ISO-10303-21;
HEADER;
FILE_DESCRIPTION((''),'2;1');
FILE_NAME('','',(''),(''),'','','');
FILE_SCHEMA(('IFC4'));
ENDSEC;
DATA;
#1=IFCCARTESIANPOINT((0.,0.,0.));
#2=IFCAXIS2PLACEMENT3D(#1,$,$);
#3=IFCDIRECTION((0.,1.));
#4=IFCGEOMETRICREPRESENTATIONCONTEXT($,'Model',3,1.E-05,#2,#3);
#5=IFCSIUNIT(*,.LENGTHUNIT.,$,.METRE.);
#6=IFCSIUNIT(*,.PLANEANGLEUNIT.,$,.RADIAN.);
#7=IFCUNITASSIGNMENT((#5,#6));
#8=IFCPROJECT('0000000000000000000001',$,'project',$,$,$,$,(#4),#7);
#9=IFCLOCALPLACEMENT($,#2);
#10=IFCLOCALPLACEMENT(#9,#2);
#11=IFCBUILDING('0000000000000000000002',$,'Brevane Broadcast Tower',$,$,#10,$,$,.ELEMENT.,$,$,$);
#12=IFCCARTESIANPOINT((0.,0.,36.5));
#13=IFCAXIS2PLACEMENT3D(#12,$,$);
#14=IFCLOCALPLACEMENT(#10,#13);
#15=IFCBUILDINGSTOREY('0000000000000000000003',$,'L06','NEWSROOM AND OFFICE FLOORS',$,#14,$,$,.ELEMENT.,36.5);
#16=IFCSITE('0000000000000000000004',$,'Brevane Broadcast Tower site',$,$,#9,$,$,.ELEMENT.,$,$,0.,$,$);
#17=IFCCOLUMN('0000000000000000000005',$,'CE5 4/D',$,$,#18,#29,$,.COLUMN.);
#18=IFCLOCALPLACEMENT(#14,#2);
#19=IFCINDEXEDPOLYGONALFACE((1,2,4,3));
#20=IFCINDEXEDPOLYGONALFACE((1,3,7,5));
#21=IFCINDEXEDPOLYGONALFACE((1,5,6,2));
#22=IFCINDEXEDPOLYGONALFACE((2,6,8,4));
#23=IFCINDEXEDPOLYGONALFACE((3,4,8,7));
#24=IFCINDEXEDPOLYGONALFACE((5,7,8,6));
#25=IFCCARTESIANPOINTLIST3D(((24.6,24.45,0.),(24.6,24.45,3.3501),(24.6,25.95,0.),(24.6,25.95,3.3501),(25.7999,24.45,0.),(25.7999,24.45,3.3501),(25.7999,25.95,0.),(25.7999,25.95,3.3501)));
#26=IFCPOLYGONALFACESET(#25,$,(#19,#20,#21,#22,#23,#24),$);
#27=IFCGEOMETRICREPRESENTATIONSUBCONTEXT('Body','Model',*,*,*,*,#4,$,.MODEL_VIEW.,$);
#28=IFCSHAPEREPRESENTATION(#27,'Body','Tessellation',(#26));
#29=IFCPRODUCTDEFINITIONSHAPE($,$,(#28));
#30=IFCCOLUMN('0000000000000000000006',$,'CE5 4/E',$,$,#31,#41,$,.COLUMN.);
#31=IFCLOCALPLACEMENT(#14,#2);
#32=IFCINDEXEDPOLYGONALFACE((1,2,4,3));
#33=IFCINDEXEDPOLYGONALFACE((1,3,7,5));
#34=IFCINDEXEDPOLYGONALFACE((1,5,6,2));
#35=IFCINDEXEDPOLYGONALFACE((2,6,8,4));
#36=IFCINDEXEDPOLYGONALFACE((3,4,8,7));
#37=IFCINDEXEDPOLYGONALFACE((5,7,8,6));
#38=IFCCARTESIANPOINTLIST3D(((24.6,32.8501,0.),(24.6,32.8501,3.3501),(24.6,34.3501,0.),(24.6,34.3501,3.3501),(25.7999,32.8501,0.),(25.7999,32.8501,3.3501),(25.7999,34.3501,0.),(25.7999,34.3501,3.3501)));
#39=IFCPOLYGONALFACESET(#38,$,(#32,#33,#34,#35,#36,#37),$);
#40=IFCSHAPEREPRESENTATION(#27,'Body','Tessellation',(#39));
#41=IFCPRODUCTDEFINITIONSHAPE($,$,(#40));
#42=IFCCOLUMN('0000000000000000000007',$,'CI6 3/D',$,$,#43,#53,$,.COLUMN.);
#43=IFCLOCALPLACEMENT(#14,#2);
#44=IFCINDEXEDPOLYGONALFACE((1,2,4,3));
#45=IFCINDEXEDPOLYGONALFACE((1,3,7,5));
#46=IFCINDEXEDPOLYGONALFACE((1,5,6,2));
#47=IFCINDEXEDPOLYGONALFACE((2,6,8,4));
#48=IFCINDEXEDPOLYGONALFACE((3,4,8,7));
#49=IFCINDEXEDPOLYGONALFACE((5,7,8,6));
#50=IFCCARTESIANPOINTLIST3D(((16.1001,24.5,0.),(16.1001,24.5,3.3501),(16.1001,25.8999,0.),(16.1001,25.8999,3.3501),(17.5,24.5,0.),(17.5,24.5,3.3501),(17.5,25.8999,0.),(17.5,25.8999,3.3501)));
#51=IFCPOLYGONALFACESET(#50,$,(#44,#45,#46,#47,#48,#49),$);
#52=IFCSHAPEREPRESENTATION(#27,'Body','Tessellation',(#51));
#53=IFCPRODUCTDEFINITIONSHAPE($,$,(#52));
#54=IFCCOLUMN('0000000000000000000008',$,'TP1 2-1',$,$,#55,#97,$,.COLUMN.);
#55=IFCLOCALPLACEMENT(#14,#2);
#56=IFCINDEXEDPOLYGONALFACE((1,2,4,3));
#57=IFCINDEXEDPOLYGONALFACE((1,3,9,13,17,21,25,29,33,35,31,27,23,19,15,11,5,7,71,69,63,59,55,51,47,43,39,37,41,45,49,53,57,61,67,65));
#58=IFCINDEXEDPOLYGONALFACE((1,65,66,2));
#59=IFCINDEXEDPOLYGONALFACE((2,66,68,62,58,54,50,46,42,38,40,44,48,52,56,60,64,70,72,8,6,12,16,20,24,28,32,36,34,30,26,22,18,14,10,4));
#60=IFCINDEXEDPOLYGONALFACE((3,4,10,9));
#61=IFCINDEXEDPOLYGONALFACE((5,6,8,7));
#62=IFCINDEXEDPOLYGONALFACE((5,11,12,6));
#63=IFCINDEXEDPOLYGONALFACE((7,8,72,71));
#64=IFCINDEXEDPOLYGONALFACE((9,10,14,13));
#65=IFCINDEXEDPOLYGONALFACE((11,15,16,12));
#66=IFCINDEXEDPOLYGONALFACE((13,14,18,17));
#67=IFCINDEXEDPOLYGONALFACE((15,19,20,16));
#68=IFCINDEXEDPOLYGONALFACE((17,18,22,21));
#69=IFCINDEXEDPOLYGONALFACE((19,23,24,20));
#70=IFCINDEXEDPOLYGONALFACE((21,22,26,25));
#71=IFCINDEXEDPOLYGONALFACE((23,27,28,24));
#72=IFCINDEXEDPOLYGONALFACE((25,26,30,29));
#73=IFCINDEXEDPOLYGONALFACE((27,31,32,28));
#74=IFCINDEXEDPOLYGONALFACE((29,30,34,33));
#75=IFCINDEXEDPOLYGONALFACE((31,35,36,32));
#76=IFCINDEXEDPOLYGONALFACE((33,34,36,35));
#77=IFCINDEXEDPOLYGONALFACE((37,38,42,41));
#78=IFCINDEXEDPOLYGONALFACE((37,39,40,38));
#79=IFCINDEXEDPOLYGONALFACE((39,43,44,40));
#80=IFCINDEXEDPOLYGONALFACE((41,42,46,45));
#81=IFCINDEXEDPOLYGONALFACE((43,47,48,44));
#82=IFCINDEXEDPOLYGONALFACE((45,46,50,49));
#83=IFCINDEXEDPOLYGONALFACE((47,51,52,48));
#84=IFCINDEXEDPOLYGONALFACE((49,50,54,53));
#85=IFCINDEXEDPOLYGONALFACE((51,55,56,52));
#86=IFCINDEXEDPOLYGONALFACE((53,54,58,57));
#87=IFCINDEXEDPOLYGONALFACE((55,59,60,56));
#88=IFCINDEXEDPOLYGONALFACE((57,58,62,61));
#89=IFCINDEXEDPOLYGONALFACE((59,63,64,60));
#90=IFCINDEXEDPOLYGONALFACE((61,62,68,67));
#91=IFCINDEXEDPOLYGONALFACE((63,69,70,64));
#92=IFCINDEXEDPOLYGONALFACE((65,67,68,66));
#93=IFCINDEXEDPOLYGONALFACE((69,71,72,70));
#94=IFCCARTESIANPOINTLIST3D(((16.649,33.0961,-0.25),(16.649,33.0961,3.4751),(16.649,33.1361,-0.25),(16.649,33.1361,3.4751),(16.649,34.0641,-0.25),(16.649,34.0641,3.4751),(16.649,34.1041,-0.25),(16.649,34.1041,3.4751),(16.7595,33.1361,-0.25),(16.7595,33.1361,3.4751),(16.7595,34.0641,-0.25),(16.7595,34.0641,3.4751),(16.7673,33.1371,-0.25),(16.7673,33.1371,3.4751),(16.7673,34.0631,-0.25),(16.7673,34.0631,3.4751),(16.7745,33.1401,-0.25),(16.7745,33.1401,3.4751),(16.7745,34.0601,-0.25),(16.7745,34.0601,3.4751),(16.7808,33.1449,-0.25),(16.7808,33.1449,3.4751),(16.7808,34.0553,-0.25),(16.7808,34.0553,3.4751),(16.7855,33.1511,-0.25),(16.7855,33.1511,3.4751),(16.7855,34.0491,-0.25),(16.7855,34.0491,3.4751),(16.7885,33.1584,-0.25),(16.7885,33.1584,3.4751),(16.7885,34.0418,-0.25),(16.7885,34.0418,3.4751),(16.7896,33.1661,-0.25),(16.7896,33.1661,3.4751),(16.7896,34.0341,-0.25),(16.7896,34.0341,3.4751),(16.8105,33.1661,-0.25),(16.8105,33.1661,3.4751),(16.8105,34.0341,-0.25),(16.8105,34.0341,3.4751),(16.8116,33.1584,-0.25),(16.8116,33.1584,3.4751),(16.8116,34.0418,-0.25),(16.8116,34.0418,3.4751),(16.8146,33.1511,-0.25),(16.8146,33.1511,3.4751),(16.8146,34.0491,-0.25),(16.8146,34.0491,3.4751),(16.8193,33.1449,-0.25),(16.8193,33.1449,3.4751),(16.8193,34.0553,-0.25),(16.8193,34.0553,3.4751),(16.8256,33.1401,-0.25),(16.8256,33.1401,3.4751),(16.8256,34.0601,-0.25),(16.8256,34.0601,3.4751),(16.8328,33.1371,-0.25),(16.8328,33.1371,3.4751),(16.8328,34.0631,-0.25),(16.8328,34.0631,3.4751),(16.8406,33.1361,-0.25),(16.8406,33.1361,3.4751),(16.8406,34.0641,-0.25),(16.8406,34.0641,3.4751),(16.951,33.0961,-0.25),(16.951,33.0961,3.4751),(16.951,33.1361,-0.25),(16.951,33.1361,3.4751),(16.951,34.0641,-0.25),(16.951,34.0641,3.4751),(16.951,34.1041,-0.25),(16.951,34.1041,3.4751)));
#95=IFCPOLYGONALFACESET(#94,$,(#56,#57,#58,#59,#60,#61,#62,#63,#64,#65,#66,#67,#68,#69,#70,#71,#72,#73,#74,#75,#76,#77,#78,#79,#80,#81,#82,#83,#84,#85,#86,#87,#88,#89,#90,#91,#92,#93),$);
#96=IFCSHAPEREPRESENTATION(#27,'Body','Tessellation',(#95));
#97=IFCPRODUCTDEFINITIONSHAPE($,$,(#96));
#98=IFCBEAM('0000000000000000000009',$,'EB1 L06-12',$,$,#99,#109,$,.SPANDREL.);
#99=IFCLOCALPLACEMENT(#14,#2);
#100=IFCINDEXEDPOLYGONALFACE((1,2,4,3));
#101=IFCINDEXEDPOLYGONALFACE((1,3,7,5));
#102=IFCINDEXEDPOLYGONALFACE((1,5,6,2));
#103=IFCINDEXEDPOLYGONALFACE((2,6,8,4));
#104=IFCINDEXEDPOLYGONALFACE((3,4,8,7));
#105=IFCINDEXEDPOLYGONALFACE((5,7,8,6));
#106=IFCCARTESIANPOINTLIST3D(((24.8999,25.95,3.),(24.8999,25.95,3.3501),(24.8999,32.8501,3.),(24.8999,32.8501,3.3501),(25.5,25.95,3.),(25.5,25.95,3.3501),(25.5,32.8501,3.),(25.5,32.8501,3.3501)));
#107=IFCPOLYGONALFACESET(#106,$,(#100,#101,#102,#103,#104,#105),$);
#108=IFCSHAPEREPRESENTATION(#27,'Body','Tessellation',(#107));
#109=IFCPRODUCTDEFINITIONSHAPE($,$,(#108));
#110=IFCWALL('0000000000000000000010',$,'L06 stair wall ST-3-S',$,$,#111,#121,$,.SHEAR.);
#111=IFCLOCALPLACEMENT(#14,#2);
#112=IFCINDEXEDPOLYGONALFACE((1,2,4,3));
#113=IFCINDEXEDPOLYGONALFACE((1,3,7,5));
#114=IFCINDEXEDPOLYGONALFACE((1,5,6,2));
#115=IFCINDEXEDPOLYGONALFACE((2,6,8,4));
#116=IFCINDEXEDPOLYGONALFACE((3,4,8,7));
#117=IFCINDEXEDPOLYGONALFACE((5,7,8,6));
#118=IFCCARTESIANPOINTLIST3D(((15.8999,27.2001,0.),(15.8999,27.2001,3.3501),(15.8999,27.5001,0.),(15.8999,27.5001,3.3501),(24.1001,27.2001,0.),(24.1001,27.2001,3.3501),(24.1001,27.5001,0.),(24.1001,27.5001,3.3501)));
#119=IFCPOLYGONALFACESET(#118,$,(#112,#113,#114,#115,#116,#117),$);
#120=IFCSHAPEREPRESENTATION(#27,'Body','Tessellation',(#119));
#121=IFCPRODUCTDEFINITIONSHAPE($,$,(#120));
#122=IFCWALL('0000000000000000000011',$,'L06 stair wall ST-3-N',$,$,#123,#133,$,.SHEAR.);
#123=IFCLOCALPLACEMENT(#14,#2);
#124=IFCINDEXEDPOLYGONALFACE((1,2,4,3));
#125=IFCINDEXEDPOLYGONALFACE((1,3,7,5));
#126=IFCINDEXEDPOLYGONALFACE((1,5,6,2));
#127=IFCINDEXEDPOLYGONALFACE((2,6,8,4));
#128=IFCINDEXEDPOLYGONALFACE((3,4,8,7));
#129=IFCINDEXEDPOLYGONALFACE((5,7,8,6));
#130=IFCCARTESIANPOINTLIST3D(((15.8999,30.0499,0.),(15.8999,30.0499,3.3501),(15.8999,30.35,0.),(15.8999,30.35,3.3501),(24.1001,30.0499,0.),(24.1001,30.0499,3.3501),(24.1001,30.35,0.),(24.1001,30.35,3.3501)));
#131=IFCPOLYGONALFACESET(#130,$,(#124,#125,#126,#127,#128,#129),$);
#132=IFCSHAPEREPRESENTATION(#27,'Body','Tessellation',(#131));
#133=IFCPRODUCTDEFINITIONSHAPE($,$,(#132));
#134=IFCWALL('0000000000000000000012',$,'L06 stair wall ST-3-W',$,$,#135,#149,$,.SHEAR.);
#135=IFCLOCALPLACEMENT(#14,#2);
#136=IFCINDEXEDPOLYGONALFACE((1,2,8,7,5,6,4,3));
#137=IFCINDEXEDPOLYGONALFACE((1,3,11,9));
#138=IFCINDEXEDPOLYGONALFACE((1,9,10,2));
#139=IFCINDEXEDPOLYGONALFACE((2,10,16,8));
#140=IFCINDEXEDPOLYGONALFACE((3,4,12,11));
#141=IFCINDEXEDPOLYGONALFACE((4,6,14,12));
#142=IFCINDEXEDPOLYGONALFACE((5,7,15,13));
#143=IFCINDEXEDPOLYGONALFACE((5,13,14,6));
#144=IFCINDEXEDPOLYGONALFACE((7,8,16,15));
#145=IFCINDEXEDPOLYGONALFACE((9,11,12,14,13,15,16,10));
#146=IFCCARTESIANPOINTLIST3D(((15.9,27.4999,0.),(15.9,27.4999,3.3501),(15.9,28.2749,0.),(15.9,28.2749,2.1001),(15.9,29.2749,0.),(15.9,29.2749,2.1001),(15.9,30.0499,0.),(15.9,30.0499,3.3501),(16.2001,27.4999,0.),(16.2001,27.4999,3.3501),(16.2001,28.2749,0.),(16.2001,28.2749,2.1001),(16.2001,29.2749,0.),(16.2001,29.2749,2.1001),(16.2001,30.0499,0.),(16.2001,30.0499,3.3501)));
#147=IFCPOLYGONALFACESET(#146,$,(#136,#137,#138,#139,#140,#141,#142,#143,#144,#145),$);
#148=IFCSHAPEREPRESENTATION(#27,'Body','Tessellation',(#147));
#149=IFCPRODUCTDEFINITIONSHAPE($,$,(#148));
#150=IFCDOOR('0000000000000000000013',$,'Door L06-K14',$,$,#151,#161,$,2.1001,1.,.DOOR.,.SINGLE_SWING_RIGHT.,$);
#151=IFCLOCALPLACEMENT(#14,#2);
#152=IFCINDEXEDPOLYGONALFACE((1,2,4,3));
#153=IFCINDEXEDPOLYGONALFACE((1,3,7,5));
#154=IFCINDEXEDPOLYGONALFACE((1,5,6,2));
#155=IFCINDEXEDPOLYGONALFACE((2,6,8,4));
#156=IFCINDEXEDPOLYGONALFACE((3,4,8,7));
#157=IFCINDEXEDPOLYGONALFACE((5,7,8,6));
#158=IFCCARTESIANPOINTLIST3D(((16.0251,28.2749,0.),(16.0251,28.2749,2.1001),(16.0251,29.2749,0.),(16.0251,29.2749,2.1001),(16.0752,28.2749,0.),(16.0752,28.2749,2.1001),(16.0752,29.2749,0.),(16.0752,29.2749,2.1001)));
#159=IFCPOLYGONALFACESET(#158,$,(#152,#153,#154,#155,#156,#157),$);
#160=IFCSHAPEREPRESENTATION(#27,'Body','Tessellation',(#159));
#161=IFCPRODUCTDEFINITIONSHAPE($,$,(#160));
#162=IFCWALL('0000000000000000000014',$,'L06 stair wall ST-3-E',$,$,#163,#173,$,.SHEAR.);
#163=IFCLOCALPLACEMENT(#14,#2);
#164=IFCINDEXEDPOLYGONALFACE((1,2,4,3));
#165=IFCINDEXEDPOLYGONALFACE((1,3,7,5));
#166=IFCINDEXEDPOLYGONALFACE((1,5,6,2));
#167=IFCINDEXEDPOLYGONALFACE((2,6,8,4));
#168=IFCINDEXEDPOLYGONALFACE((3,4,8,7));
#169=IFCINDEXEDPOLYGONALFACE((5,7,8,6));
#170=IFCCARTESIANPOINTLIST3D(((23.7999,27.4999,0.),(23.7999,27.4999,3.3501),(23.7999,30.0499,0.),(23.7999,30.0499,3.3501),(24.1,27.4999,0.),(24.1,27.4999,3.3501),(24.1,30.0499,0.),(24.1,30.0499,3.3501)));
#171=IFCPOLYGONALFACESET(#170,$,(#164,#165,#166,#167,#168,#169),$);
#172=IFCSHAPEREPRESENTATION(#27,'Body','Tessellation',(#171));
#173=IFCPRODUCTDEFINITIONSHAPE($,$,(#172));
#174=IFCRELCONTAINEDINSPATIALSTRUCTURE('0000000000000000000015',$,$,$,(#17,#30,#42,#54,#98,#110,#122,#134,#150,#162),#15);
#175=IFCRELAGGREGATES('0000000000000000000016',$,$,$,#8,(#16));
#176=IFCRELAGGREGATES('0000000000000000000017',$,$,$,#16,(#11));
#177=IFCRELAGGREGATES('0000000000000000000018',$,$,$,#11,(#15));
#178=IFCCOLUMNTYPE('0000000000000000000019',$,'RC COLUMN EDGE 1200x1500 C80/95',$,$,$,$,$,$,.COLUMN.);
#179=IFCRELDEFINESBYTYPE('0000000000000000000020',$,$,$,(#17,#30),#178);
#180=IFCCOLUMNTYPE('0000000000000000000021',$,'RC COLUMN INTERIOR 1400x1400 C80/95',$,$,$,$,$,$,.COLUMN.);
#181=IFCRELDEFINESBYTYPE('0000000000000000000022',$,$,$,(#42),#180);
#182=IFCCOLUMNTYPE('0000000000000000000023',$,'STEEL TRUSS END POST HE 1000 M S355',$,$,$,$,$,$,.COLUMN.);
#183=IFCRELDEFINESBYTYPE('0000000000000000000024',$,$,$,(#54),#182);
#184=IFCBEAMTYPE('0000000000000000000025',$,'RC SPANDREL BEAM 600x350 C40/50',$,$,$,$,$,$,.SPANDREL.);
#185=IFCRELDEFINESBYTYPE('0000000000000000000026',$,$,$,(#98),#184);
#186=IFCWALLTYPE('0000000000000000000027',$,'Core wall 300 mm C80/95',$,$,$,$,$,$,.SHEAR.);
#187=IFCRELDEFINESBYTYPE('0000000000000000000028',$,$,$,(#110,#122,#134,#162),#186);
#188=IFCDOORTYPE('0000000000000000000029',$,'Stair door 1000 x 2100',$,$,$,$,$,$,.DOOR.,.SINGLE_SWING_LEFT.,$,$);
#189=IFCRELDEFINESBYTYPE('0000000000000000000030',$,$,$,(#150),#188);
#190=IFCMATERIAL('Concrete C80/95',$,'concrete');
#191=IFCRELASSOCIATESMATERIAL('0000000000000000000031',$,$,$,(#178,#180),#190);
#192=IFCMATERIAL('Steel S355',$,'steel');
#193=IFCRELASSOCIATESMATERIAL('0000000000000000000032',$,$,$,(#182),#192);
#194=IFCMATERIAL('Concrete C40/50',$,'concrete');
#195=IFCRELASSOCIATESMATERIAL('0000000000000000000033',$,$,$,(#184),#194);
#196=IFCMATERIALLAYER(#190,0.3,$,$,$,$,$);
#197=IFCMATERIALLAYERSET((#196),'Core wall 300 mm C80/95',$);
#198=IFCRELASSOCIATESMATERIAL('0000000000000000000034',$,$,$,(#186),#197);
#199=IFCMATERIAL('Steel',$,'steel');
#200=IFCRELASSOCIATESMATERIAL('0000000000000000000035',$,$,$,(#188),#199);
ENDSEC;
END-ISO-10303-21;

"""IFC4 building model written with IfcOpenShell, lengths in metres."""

from ifc_helpers import new_model, si_unit, direction, frame, frame_2d, origin, origin_2d, place, context, subcontext, project, spatial, rectangle, i_section, extrude, material, layer, layer_set, material_profile, profile_set, type_object, element, fill, save


model = new_model("IFC4")

# Units and contexts
model_context = context("Model", 3, precision=1e-05, world=origin(), true_north=direction((0.0, 1.0)))
body_context = subcontext(model_context, "Body", "Model", "MODEL_VIEW")
ifc_project = project(units=[si_unit("LENGTHUNIT", "METRE"), si_unit("PLANEANGLEUNIT", "RADIAN")], contexts=[model_context])

# Site, building, storey
site_placement = place(None, origin())
site = spatial("IfcSite", under=ifc_project, at=site_placement, Name="Brevane Broadcast Tower site", CompositionType="ELEMENT", RefElevation=0.0)
building_placement = place(site_placement, origin())
building = spatial("IfcBuilding", under=site, at=building_placement, Name="Brevane Broadcast Tower", CompositionType="ELEMENT")
storey_placement = place(building_placement, frame((0.0, 0.0, 36.5)))
storey = spatial("IfcBuildingStorey", under=building, at=storey_placement, Name="L06", Description="NEWSROOM AND OFFICE FLOORS", CompositionType="ELEMENT", Elevation=36.5)

# Columns
ifc_material_1 = material(Name="Concrete C80/95", Category="concrete")
ifc_material_profile_1 = material_profile(ifc_material_1, rectangle(XDim=1.2, YDim=1.5, at=origin_2d()), Name="RC 1200x1500")
ifc_profile_set_1 = profile_set([ifc_material_profile_1], Name="Concrete C80/95")
column_type_1 = type_object("IfcColumnType", Name="RC COLUMN EDGE 1200x1500 C80/95", PredefinedType="COLUMN", material=ifc_profile_set_1)
for number, where, z_axis, x_axis, name in (
    (1, (25.2, 25.2, 0.0), (0.0, 0.0, 1.0), (1.0, 0.0, 0.0), "CE5 4/D"),
    (2, (25.2, 33.6001, 0.0), (0.0, 0.0, 1.0), (1.0, 0.0, 0.0), "CE5 4/E"),
):
    element("IfcColumn", number, at=place(storey_placement, frame(where, z_axis=z_axis, x_axis=x_axis)), inside=storey, type_object=column_type_1, Name=name, PredefinedType="COLUMN", context=body_context, shape_type="SweptSolid", body=[
        extrude(rectangle(XDim=1.2, YDim=1.5, at=origin_2d()), origin(), (0.0, 0.0, 1.0), 3.3501),
    ])
ifc_material_profile_2 = material_profile(ifc_material_1, rectangle(XDim=1.3999, YDim=1.3999, at=origin_2d()), Name="RC 1400x1400")
ifc_profile_set_2 = profile_set([ifc_material_profile_2], Name="Concrete C80/95")
column_type_2 = type_object("IfcColumnType", Name="RC COLUMN INTERIOR 1400x1400 C80/95", PredefinedType="COLUMN", material=ifc_profile_set_2)
column_1_placement = place(storey_placement, frame((16.8, 25.2, 0.0), z_axis=(0.0, 0.0, 1.0), x_axis=(1.0, 0.0, 0.0)))
element("IfcColumn", 3, at=column_1_placement, inside=storey, type_object=column_type_2, Name="CI6 3/D", PredefinedType="COLUMN", context=body_context, shape_type="SweptSolid", body=[
    extrude(rectangle(XDim=1.3999, YDim=1.3999, at=origin_2d()), origin(), (0.0, 0.0, 1.0), 3.3501),
])
ifc_material_2 = material(Name="Steel S355", Category="steel")
ifc_material_profile_3 = material_profile(ifc_material_2, i_section(OverallWidth=0.302, OverallDepth=1.0081, WebThickness=0.021, FlangeThickness=0.04, FilletRadius=0.03, at=origin_2d()), Name="HE 1000 M")
ifc_profile_set_3 = profile_set([ifc_material_profile_3], Name="Steel S355")
column_type_3 = type_object("IfcColumnType", Name="STEEL TRUSS END POST HE 1000 M S355", PredefinedType="COLUMN", material=ifc_profile_set_3)
column_2_placement = place(storey_placement, frame((16.8, 33.6001, -0.25), z_axis=(0.0, 0.0, 1.0), x_axis=(1.0, 0.0, 0.0)))
element("IfcColumn", 4, at=column_2_placement, inside=storey, type_object=column_type_3, Name="TP1 2-1", PredefinedType="COLUMN", context=body_context, shape_type="SweptSolid", body=[
    extrude(i_section(OverallWidth=0.302, OverallDepth=1.0081, WebThickness=0.021, FlangeThickness=0.04, FilletRadius=0.03, at=origin_2d()), origin(), (0.0, 0.0, 1.0), 3.7251),
])

# Beam
ifc_material_3 = material(Name="Concrete C40/50", Category="concrete")
ifc_material_profile_4 = material_profile(ifc_material_3, rectangle(XDim=0.6001, YDim=0.3501, at=origin_2d()), Name="RC 600x350")
ifc_profile_set_4 = profile_set([ifc_material_profile_4], Name="Concrete C40/50")
beam_type = type_object("IfcBeamType", Name="RC SPANDREL BEAM 600x350 C40/50", PredefinedType="SPANDREL", material=ifc_profile_set_4)
beam_placement = place(storey_placement, frame((25.2, 25.95, 3.175), z_axis=(0.0, 1.0, 0.0), x_axis=(-1.0, 0.0, 0.0)))
element("IfcBeam", 5, at=beam_placement, inside=storey, type_object=beam_type, Name="EB1 L06-12", PredefinedType="SPANDREL", context=body_context, shape_type="SweptSolid", body=[
    extrude(rectangle(XDim=0.6001, YDim=0.3501, at=origin_2d()), origin(), (0.0, 0.0, 1.0), 6.9001),
])

# Walls
ifc_layer_1 = layer(ifc_material_1, 0.3)
ifc_layer_set_1 = layer_set([ifc_layer_1], Name="Core wall 300 mm C80/95")
wall_type_1 = type_object("IfcWallType", Name="Core wall 300 mm C80/95", PredefinedType="SHEAR", material=ifc_layer_set_1)
for number, where, z_axis, x_axis, name in (
    (6, (15.8999, 27.3501, 0.0), (0.0, 0.0, 1.0), (1.0, 0.0, 0.0), "L06 stair wall ST-3-S"),
    (7, (15.8999, 30.2, 0.0), (0.0, 0.0, 1.0), (1.0, 0.0, 0.0), "L06 stair wall ST-3-N"),
):
    element("IfcWall", number, at=place(storey_placement, frame(where, z_axis=z_axis, x_axis=x_axis)), inside=storey, type_object=wall_type_1, Name=name, PredefinedType="SHEAR", context=body_context, shape_type="SweptSolid", body=[
        extrude(rectangle(XDim=8.2002, YDim=0.3, at=frame_2d((4.1001, 0.0))), origin(), (0.0, 0.0, 1.0), 3.3501),
    ])

# Wall, opening, door
wall_1_placement = place(storey_placement, frame((16.05, 27.5, 0.0), z_axis=(0.0, 0.0, 1.0), x_axis=(0.0, 1.0, 0.0)))
wall_1 = element("IfcWall", 8, at=wall_1_placement, inside=storey, type_object=wall_type_1, Name="L06 stair wall ST-3-W", PredefinedType="SHEAR", context=body_context, shape_type="SweptSolid", body=[
    extrude(rectangle(XDim=2.55, YDim=0.3, at=frame_2d((1.2749, 0.0))), origin(), (0.0, 0.0, 1.0), 3.3501),
])
opening_1_placement = place(wall_1_placement, frame((0.7749, 0.0, 0.0)))
opening_1 = element("IfcOpeningElement", 9, at=opening_1_placement, cuts=wall_1, PredefinedType="OPENING", context=body_context, shape_type="SweptSolid", body=[
    extrude(rectangle(XDim=1.0, YDim=2.1001, at=frame_2d((0.5, 1.05))), frame((0.0, 0.1599, 0.0), z_axis=(0.0, -1.0, 0.0), x_axis=(1.0, 0.0, 0.0)), (0.0, 0.0, 1.0), 0.3201),
])
ifc_material_4 = material(Name="Steel", Category="steel")
door_type_1 = type_object("IfcDoorType", Name="Stair door 1000 x 2100", OperationType="SINGLE_SWING_LEFT", PredefinedType="DOOR", material=ifc_material_4)
door_1_placement = place(opening_1_placement, origin())
door_1 = element("IfcDoor", 10, at=door_1_placement, inside=storey, type_object=door_type_1, Name="Door L06-K14", OperationType="SINGLE_SWING_RIGHT", OverallHeight=2.1001, OverallWidth=1.0, PredefinedType="DOOR", context=body_context, shape_type="SweptSolid", body=[
    extrude(rectangle(XDim=1.0, YDim=2.1001, at=frame_2d((0.5, 1.05))), frame((0.0, 0.0249, 0.0), z_axis=(0.0, -1.0, 0.0), x_axis=(1.0, 0.0, 0.0)), (0.0, 0.0, 1.0), 0.05),
])
fill(opening_1, door_1)

# Wall
wall_2_placement = place(storey_placement, frame((23.95, 27.5, 0.0), z_axis=(0.0, 0.0, 1.0), x_axis=(0.0, 1.0, 0.0)))
element("IfcWall", 11, at=wall_2_placement, inside=storey, type_object=wall_type_1, Name="L06 stair wall ST-3-E", PredefinedType="SHEAR", context=body_context, shape_type="SweptSolid", body=[
    extrude(rectangle(XDim=2.55, YDim=0.3, at=frame_2d((1.2749, 0.0))), origin(), (0.0, 0.0, 1.0), 3.3501),
])

save(model, "model.ifc")
